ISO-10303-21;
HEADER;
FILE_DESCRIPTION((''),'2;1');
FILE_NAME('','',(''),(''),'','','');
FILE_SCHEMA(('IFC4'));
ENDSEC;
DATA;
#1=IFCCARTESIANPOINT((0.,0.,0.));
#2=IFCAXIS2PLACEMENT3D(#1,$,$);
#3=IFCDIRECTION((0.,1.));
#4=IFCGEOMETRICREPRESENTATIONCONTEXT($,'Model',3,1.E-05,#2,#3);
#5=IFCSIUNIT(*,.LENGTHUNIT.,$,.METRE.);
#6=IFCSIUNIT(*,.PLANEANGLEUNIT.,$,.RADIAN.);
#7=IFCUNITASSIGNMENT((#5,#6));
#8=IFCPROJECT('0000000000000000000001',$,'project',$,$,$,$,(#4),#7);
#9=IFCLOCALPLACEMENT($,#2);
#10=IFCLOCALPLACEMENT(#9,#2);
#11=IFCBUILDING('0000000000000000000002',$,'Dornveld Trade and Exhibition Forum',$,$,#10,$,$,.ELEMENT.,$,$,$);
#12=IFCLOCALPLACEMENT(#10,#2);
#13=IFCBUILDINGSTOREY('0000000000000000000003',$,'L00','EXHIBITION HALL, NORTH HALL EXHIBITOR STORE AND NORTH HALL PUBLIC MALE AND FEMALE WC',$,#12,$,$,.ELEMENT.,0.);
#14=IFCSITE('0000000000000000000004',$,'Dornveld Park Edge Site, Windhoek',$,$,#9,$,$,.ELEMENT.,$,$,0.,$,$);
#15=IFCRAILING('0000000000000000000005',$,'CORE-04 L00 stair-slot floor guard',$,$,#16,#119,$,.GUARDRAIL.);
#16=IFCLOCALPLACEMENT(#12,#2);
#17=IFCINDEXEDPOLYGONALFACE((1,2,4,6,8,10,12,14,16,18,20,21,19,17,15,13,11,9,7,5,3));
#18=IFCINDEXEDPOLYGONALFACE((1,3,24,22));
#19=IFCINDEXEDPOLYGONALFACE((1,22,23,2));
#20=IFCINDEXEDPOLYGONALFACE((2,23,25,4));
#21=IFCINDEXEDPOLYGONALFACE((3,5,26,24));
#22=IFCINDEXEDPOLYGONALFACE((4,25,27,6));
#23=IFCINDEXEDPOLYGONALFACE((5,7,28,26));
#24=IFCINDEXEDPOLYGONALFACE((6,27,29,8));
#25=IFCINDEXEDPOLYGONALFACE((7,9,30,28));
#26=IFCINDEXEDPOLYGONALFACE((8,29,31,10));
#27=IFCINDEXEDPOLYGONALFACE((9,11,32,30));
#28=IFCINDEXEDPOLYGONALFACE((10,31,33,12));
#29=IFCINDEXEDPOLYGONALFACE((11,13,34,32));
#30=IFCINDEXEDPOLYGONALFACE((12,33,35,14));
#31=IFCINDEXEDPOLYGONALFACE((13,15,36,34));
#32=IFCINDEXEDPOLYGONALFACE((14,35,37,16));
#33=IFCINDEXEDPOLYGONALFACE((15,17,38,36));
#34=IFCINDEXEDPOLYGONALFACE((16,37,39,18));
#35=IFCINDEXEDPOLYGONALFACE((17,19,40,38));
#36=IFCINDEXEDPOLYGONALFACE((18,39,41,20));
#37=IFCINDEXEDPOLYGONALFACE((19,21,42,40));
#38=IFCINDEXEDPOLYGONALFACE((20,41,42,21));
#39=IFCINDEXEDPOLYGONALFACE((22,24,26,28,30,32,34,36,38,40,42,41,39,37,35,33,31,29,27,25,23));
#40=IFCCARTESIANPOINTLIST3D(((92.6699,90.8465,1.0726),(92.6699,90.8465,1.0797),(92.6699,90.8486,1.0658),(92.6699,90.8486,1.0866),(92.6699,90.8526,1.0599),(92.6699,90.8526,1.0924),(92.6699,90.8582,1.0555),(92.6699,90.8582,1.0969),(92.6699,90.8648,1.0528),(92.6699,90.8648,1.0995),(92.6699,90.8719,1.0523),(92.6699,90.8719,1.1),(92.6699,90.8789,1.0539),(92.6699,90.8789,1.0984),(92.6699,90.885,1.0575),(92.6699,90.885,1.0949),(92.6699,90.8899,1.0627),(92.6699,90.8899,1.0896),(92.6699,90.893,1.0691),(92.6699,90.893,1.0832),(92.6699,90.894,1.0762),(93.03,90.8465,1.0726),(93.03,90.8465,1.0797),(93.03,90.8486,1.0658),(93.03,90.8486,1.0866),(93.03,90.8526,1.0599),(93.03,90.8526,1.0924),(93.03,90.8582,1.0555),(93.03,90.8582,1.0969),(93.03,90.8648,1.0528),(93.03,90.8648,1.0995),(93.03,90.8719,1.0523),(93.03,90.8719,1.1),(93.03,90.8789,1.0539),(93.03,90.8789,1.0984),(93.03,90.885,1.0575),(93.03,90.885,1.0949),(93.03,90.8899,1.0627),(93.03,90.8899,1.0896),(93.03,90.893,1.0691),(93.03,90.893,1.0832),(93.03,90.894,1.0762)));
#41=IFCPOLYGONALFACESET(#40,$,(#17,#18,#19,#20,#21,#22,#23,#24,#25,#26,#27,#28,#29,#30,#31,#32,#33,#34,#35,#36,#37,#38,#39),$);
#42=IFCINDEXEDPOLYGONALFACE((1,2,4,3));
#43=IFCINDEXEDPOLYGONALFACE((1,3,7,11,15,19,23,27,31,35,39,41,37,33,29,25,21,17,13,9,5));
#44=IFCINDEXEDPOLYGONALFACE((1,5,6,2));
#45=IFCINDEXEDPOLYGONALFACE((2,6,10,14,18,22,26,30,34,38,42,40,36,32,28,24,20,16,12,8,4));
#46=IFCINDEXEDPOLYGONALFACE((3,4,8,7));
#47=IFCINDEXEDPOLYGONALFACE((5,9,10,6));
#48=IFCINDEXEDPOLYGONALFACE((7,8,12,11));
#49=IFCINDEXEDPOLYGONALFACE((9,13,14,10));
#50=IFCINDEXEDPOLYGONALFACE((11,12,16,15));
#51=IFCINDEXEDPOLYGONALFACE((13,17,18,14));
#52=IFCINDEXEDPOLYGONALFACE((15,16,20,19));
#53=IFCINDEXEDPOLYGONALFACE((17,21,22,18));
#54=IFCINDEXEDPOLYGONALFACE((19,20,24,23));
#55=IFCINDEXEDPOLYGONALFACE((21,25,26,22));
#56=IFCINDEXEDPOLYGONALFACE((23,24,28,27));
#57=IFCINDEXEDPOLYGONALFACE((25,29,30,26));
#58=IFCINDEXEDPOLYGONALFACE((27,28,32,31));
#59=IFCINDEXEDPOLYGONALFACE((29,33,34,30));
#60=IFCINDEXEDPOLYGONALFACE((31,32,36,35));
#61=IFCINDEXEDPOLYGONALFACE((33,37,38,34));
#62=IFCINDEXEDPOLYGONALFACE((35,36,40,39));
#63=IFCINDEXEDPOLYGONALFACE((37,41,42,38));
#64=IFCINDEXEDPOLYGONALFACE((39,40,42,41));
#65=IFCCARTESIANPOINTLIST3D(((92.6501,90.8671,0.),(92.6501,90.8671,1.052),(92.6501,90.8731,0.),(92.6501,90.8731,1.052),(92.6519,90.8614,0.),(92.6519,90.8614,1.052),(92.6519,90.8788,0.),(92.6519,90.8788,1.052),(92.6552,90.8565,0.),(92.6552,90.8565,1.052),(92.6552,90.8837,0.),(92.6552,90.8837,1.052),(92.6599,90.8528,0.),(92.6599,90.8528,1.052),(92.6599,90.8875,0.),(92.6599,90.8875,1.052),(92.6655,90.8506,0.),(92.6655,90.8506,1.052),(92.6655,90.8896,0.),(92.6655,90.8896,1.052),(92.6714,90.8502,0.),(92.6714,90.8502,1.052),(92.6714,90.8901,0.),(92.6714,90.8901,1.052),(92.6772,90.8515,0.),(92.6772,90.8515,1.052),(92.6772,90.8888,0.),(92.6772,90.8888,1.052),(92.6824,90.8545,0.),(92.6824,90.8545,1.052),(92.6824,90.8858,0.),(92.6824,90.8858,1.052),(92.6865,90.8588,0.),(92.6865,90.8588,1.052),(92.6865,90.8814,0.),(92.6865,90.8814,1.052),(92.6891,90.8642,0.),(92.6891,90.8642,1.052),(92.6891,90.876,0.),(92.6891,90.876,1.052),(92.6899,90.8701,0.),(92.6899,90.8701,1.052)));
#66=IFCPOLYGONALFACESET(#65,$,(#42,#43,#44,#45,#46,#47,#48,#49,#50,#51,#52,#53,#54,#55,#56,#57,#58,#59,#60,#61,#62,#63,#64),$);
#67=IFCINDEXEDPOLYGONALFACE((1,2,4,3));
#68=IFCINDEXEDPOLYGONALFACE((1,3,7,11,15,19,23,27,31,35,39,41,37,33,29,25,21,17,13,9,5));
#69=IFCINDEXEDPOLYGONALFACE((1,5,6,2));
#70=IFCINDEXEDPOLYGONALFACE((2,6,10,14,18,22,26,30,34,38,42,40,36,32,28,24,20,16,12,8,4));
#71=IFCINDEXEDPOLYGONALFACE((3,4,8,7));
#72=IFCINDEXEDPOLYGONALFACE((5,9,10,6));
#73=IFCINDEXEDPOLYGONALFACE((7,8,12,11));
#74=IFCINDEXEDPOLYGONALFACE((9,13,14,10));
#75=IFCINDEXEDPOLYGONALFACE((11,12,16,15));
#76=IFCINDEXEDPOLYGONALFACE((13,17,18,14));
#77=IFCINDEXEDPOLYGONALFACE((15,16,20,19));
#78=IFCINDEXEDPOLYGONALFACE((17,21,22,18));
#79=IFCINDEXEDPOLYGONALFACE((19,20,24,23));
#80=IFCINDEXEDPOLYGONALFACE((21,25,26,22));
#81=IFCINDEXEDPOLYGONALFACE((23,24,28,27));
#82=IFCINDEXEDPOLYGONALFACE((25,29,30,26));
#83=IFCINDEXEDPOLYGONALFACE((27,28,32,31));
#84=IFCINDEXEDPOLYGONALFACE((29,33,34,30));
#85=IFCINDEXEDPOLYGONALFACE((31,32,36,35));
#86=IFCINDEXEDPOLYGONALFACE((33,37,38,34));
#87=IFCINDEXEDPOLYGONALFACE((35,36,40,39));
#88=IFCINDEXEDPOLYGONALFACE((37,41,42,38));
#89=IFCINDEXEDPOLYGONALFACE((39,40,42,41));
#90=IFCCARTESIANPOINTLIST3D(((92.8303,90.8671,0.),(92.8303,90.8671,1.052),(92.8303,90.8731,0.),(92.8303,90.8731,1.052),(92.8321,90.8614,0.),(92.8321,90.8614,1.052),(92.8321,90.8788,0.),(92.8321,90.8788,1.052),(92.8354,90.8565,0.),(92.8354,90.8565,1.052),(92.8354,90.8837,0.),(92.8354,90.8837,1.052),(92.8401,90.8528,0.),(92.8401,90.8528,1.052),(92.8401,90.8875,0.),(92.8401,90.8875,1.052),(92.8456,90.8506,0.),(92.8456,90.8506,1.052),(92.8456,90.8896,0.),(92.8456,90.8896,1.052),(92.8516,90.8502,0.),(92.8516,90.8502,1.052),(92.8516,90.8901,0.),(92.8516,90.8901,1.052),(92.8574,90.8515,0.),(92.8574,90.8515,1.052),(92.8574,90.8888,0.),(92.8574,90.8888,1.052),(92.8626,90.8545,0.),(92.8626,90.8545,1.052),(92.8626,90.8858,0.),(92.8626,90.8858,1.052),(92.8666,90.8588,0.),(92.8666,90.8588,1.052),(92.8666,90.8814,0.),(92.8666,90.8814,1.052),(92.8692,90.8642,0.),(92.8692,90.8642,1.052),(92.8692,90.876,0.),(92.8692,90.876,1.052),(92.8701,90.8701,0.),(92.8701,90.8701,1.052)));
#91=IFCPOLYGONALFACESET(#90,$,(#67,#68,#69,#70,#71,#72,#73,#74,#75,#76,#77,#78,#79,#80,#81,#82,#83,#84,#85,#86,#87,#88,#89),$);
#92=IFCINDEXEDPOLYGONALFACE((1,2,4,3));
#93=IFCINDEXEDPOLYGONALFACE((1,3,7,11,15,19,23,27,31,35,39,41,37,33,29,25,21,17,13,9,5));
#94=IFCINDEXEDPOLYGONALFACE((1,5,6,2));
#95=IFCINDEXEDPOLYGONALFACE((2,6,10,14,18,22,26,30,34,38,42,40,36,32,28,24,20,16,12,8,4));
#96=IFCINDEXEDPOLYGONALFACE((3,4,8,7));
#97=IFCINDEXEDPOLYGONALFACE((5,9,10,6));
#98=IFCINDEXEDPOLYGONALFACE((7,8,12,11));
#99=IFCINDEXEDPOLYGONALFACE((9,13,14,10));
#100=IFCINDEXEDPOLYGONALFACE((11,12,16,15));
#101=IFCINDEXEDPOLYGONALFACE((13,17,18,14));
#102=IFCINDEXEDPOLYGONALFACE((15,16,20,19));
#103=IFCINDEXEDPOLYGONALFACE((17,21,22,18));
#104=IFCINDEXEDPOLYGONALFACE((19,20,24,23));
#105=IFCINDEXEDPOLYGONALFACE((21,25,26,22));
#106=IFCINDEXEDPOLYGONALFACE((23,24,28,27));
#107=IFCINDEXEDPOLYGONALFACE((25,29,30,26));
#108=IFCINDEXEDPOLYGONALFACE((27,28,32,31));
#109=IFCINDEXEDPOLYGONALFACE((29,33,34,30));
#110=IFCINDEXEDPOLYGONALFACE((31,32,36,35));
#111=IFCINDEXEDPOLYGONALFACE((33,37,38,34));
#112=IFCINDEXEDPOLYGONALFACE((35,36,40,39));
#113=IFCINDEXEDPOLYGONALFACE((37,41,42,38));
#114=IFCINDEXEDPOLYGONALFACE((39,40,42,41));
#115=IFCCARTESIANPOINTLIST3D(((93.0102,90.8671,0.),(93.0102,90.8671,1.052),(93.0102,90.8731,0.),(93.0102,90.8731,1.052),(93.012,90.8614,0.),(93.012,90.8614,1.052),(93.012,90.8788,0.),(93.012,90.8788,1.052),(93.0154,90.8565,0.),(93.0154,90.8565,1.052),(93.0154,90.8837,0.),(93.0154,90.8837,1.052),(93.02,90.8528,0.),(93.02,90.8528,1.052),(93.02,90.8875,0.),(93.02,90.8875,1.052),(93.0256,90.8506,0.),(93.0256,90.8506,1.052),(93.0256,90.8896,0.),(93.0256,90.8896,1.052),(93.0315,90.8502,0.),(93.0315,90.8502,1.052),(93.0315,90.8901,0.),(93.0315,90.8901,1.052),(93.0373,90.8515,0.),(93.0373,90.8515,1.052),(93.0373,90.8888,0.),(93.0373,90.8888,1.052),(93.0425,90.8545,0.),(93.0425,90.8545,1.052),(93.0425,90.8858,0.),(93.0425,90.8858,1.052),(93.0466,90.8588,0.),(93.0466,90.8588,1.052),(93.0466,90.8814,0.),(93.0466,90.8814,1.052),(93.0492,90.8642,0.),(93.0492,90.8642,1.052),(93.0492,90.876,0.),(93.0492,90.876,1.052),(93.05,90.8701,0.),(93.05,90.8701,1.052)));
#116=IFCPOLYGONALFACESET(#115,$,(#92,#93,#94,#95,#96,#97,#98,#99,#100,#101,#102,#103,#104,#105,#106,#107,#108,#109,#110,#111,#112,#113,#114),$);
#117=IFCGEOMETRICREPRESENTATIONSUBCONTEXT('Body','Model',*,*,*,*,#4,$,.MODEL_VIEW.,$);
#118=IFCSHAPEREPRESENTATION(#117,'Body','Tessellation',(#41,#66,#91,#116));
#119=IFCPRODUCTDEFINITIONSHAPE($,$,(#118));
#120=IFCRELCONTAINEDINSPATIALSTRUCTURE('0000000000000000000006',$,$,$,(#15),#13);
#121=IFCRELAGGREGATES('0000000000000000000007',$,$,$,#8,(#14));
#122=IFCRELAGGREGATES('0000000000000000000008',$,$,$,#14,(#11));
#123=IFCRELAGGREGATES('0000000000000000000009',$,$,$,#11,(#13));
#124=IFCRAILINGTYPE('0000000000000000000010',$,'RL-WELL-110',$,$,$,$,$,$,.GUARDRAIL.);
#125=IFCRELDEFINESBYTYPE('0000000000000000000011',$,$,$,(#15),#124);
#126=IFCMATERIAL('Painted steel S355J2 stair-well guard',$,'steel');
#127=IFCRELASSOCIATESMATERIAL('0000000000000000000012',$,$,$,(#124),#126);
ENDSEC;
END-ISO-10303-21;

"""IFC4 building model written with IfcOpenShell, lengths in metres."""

from ifc_helpers import new_model, si_unit, direction, frame, origin, origin_2d, place, context, subcontext, project, spatial, circle, extrude, material, type_object, element, save


model = new_model("IFC4")

# Units and contexts
model_context = context("Model", 3, precision=1e-05, world=origin(), true_north=direction((0.0, 1.0)))
body_context = subcontext(model_context, "Body", "Model", "MODEL_VIEW")
ifc_project = project(units=[si_unit("LENGTHUNIT", "METRE"), si_unit("PLANEANGLEUNIT", "RADIAN")], contexts=[model_context])

# Site, building, storey
site_placement = place(None, origin())
site = spatial("IfcSite", under=ifc_project, at=site_placement, Name="Dornveld Park Edge Site, Windhoek", CompositionType="ELEMENT", RefElevation=0.0)
building_placement = place(site_placement, origin())
building = spatial("IfcBuilding", under=site, at=building_placement, Name="Dornveld Trade and Exhibition Forum", CompositionType="ELEMENT")
storey_placement = place(building_placement, origin())
storey = spatial("IfcBuildingStorey", under=building, at=storey_placement, Name="L00", Description="EXHIBITION HALL, NORTH HALL EXHIBITOR STORE AND NORTH HALL PUBLIC MALE AND FEMALE WC", CompositionType="ELEMENT", Elevation=0.0)

# Railing
ifc_material_1 = material(Name="Painted steel S355J2 stair-well guard", Category="steel")
railing_type_1 = type_object("IfcRailingType", Name="RL-WELL-110", PredefinedType="GUARDRAIL", material=ifc_material_1)
railing_1_placement = place(storey_placement, frame((92.6699, 90.8701, 0.0)))
element("IfcRailing", 1, at=railing_1_placement, inside=storey, type_object=railing_type_1, Name="CORE-04 L00 stair-slot floor guard", PredefinedType="GUARDRAIL", context=body_context, shape_type="SweptSolid", body=[
    extrude(circle(Radius=0.0239, at=origin_2d()), frame((0.0, 0.0, 1.0762), z_axis=(1.0, 0.0, 0.0), x_axis=(0.0, 1.0, 0.0)), (0.0, 0.0, 1.0), 0.3601),
    extrude(circle(Radius=0.02, at=origin_2d()), origin(), (0.0, 0.0, 1.0), 1.052),
    extrude(circle(Radius=0.02, at=origin_2d()), frame((0.1802, 0.0, 0.0)), (0.0, 0.0, 1.0), 1.052),
    extrude(circle(Radius=0.02, at=origin_2d()), frame((0.3601, 0.0, 0.0)), (0.0, 0.0, 1.0), 1.052),
])

save(model, "model.ifc")
